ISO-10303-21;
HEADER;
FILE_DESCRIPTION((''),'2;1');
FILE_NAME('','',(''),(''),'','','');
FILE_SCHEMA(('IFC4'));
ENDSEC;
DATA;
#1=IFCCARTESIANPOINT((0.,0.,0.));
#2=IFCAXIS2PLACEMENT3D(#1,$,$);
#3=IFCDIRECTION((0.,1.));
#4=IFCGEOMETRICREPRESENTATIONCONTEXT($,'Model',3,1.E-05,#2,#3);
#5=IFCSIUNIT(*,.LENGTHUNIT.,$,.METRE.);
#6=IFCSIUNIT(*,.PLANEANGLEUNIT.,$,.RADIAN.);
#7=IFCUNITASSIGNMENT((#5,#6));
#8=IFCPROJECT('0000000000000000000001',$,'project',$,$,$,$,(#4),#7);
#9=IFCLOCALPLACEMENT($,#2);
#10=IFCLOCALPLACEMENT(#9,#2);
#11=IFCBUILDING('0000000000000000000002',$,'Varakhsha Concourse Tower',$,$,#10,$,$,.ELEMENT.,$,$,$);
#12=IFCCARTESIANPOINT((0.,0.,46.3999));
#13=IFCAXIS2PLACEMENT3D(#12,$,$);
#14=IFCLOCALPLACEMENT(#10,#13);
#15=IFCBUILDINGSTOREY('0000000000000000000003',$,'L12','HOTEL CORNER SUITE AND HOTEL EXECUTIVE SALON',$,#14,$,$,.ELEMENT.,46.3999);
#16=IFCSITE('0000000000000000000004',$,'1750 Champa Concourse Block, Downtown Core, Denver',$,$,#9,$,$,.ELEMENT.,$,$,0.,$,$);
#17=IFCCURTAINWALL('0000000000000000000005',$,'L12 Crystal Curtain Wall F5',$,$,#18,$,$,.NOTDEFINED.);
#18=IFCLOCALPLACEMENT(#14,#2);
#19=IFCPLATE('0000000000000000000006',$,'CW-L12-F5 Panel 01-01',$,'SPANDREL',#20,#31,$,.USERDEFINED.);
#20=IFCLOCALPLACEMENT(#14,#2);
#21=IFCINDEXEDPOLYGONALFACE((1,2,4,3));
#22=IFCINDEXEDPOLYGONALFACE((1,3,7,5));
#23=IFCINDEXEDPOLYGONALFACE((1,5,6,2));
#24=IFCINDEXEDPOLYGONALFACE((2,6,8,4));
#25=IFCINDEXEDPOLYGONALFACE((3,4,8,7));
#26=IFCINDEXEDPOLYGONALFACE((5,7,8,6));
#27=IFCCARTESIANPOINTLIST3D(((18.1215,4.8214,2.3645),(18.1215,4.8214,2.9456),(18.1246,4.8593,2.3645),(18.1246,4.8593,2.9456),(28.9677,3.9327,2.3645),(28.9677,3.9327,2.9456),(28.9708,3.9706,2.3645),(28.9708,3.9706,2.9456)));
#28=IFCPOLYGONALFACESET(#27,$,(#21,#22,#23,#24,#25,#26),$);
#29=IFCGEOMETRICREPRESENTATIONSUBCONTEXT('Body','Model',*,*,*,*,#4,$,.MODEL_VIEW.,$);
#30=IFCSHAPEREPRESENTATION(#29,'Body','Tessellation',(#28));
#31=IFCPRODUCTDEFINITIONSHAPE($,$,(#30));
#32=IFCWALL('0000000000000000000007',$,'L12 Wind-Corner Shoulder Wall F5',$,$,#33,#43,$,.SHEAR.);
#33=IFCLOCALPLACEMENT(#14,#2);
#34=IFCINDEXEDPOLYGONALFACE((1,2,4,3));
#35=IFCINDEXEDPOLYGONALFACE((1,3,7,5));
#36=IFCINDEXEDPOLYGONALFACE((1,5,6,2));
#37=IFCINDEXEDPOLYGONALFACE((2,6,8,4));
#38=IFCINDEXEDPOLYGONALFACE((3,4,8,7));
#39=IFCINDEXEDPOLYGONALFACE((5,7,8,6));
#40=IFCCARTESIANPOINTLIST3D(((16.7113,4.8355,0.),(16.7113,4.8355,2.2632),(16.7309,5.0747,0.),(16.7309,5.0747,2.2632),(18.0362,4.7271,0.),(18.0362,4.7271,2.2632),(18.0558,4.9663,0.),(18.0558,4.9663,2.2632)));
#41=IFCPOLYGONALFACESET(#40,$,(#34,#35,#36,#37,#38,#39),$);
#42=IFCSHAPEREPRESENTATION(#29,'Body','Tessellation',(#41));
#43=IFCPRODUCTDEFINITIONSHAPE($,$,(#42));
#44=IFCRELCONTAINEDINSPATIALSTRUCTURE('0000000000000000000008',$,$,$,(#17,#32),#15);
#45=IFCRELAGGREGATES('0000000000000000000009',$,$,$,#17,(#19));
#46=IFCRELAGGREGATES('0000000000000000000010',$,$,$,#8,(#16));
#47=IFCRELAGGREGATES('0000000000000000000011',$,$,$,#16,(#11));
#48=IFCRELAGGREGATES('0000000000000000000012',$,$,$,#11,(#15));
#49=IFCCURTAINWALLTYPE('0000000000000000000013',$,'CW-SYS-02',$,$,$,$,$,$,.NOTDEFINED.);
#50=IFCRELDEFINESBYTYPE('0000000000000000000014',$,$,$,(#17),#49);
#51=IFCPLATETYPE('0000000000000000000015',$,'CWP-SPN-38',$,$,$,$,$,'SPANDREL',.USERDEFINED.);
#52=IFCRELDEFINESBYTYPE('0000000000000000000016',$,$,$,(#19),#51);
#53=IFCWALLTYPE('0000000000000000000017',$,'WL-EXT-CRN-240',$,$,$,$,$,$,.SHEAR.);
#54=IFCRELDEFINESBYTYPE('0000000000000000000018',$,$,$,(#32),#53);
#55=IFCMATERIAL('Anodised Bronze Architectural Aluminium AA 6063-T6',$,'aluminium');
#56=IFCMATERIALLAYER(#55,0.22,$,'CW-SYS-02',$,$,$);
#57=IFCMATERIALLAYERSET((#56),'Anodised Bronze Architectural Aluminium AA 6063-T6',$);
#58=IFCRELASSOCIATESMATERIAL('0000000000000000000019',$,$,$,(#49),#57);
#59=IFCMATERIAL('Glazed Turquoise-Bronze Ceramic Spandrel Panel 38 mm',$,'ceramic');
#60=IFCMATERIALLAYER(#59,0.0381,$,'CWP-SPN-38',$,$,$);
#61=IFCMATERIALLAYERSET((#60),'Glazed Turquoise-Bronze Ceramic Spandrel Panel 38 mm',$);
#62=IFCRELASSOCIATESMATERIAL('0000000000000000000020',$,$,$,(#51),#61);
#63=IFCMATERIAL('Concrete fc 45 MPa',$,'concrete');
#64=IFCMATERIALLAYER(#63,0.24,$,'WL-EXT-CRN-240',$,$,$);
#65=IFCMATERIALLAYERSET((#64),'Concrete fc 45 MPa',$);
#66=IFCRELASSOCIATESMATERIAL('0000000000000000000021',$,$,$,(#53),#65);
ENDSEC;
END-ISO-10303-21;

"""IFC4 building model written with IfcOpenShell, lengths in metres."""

from ifc_helpers import new_model, si_unit, direction, frame, frame_2d, origin, origin_2d, place, context, subcontext, project, spatial, rectangle, extrude, source, transform, mapped, material, layer, layer_set, type_object, element, aggregate, save


model = new_model("IFC4")

# Units and contexts
model_context = context("Model", 3, precision=1e-05, world=origin(), true_north=direction((0.0, 1.0)))
body_context = subcontext(model_context, "Body", "Model", "MODEL_VIEW")
ifc_project = project(units=[si_unit("LENGTHUNIT", "METRE"), si_unit("PLANEANGLEUNIT", "RADIAN")], contexts=[model_context])

# Site, building, storey
site_placement = place(None, origin())
site = spatial("IfcSite", under=ifc_project, at=site_placement, Name="1750 Champa Concourse Block, Downtown Core, Denver", CompositionType="ELEMENT", RefElevation=0.0)
building_placement = place(site_placement, origin())
building = spatial("IfcBuilding", under=site, at=building_placement, Name="Varakhsha Concourse Tower", CompositionType="ELEMENT")
storey_placement = place(building_placement, frame((0.0, 0.0, 46.3999)))
storey = spatial("IfcBuildingStorey", under=building, at=storey_placement, Name="L12", Description="HOTEL CORNER SUITE AND HOTEL EXECUTIVE SALON", CompositionType="ELEMENT", Elevation=46.3999)

# Shared definitions
ifc_material_1 = material(Name="Anodised Bronze Architectural Aluminium AA 6063-T6", Category="aluminium")
ifc_layer_1 = layer(ifc_material_1, 0.22, Name="CW-SYS-02")
ifc_layer_set_1 = layer_set([ifc_layer_1], Name="Anodised Bronze Architectural Aluminium AA 6063-T6")
curtain_wall_type = type_object("IfcCurtainWallType", Name="CW-SYS-02", PredefinedType="NOTDEFINED", material=ifc_layer_set_1)

# Curtain wall
curtain_wall_1_placement = place(storey_placement, origin())
curtain_wall_1 = element("IfcCurtainWall", 1, at=curtain_wall_1_placement, inside=storey, type_object=curtain_wall_type, Name="L12 Crystal Curtain Wall F5", PredefinedType="NOTDEFINED")

# Shared definitions
ifc_material_2 = material(Name="Glazed Turquoise-Bronze Ceramic Spandrel Panel 38 mm", Category="ceramic")
ifc_layer_2 = layer(ifc_material_2, 0.0381, Name="CWP-SPN-38")
ifc_layer_set_2 = layer_set([ifc_layer_2], Name="Glazed Turquoise-Bronze Ceramic Spandrel Panel 38 mm")
plate_type_1 = type_object("IfcPlateType", Name="CWP-SPN-38", ElementType="SPANDREL", PredefinedType="USERDEFINED", material=ifc_layer_set_2)

# Plate
shared_shape_1 = source(origin(), body_context, "Body", "SweptSolid", [
    extrude(rectangle(XDim=10.8826, YDim=0.0381, at=origin_2d()), origin(), (0.0, 0.0, 1.0), 0.5811),
])
plate_1_placement = place(storey_placement, frame((23.5461, 4.396, 2.3645), z_axis=(0.0, 0.0, 1.0), x_axis=(-0.99666, 0.081664, 0.0)))
plate_1 = element("IfcPlate", 2, at=plate_1_placement, type_object=plate_type_1, Name="CW-L12-F5 Panel 01-01", ObjectType="SPANDREL", PredefinedType="USERDEFINED", context=body_context, shape_type="MappedRepresentation", body=[
    mapped(shared_shape_1, transform((0.0, 0.0, 0.0), scale=1.0)),
])
aggregate(curtain_wall_1, [plate_1])

# Wall
ifc_material_3 = material(Name="Concrete fc 45 MPa", Category="concrete")
ifc_layer_3 = layer(ifc_material_3, 0.24, Name="WL-EXT-CRN-240")
ifc_layer_set_3 = layer_set([ifc_layer_3], Name="Concrete fc 45 MPa")
wall_type = type_object("IfcWallType", Name="WL-EXT-CRN-240", PredefinedType="SHEAR", material=ifc_layer_set_3)
wall_placement = place(storey_placement, frame((16.7212, 4.9551, 0.0), z_axis=(0.0, 0.0, 1.0), x_axis=(0.99667, -0.081541, 0.0)))
element("IfcWall", 3, at=wall_placement, inside=storey, type_object=wall_type, Name="L12 Wind-Corner Shoulder Wall F5", PredefinedType="SHEAR", context=body_context, shape_type="SweptSolid", body=[
    extrude(rectangle(XDim=1.3293, YDim=0.24, at=frame_2d((0.6646, 0.0))), origin(), (0.0, 0.0, 1.0), 2.2632),
])

save(model, "model.ifc")
